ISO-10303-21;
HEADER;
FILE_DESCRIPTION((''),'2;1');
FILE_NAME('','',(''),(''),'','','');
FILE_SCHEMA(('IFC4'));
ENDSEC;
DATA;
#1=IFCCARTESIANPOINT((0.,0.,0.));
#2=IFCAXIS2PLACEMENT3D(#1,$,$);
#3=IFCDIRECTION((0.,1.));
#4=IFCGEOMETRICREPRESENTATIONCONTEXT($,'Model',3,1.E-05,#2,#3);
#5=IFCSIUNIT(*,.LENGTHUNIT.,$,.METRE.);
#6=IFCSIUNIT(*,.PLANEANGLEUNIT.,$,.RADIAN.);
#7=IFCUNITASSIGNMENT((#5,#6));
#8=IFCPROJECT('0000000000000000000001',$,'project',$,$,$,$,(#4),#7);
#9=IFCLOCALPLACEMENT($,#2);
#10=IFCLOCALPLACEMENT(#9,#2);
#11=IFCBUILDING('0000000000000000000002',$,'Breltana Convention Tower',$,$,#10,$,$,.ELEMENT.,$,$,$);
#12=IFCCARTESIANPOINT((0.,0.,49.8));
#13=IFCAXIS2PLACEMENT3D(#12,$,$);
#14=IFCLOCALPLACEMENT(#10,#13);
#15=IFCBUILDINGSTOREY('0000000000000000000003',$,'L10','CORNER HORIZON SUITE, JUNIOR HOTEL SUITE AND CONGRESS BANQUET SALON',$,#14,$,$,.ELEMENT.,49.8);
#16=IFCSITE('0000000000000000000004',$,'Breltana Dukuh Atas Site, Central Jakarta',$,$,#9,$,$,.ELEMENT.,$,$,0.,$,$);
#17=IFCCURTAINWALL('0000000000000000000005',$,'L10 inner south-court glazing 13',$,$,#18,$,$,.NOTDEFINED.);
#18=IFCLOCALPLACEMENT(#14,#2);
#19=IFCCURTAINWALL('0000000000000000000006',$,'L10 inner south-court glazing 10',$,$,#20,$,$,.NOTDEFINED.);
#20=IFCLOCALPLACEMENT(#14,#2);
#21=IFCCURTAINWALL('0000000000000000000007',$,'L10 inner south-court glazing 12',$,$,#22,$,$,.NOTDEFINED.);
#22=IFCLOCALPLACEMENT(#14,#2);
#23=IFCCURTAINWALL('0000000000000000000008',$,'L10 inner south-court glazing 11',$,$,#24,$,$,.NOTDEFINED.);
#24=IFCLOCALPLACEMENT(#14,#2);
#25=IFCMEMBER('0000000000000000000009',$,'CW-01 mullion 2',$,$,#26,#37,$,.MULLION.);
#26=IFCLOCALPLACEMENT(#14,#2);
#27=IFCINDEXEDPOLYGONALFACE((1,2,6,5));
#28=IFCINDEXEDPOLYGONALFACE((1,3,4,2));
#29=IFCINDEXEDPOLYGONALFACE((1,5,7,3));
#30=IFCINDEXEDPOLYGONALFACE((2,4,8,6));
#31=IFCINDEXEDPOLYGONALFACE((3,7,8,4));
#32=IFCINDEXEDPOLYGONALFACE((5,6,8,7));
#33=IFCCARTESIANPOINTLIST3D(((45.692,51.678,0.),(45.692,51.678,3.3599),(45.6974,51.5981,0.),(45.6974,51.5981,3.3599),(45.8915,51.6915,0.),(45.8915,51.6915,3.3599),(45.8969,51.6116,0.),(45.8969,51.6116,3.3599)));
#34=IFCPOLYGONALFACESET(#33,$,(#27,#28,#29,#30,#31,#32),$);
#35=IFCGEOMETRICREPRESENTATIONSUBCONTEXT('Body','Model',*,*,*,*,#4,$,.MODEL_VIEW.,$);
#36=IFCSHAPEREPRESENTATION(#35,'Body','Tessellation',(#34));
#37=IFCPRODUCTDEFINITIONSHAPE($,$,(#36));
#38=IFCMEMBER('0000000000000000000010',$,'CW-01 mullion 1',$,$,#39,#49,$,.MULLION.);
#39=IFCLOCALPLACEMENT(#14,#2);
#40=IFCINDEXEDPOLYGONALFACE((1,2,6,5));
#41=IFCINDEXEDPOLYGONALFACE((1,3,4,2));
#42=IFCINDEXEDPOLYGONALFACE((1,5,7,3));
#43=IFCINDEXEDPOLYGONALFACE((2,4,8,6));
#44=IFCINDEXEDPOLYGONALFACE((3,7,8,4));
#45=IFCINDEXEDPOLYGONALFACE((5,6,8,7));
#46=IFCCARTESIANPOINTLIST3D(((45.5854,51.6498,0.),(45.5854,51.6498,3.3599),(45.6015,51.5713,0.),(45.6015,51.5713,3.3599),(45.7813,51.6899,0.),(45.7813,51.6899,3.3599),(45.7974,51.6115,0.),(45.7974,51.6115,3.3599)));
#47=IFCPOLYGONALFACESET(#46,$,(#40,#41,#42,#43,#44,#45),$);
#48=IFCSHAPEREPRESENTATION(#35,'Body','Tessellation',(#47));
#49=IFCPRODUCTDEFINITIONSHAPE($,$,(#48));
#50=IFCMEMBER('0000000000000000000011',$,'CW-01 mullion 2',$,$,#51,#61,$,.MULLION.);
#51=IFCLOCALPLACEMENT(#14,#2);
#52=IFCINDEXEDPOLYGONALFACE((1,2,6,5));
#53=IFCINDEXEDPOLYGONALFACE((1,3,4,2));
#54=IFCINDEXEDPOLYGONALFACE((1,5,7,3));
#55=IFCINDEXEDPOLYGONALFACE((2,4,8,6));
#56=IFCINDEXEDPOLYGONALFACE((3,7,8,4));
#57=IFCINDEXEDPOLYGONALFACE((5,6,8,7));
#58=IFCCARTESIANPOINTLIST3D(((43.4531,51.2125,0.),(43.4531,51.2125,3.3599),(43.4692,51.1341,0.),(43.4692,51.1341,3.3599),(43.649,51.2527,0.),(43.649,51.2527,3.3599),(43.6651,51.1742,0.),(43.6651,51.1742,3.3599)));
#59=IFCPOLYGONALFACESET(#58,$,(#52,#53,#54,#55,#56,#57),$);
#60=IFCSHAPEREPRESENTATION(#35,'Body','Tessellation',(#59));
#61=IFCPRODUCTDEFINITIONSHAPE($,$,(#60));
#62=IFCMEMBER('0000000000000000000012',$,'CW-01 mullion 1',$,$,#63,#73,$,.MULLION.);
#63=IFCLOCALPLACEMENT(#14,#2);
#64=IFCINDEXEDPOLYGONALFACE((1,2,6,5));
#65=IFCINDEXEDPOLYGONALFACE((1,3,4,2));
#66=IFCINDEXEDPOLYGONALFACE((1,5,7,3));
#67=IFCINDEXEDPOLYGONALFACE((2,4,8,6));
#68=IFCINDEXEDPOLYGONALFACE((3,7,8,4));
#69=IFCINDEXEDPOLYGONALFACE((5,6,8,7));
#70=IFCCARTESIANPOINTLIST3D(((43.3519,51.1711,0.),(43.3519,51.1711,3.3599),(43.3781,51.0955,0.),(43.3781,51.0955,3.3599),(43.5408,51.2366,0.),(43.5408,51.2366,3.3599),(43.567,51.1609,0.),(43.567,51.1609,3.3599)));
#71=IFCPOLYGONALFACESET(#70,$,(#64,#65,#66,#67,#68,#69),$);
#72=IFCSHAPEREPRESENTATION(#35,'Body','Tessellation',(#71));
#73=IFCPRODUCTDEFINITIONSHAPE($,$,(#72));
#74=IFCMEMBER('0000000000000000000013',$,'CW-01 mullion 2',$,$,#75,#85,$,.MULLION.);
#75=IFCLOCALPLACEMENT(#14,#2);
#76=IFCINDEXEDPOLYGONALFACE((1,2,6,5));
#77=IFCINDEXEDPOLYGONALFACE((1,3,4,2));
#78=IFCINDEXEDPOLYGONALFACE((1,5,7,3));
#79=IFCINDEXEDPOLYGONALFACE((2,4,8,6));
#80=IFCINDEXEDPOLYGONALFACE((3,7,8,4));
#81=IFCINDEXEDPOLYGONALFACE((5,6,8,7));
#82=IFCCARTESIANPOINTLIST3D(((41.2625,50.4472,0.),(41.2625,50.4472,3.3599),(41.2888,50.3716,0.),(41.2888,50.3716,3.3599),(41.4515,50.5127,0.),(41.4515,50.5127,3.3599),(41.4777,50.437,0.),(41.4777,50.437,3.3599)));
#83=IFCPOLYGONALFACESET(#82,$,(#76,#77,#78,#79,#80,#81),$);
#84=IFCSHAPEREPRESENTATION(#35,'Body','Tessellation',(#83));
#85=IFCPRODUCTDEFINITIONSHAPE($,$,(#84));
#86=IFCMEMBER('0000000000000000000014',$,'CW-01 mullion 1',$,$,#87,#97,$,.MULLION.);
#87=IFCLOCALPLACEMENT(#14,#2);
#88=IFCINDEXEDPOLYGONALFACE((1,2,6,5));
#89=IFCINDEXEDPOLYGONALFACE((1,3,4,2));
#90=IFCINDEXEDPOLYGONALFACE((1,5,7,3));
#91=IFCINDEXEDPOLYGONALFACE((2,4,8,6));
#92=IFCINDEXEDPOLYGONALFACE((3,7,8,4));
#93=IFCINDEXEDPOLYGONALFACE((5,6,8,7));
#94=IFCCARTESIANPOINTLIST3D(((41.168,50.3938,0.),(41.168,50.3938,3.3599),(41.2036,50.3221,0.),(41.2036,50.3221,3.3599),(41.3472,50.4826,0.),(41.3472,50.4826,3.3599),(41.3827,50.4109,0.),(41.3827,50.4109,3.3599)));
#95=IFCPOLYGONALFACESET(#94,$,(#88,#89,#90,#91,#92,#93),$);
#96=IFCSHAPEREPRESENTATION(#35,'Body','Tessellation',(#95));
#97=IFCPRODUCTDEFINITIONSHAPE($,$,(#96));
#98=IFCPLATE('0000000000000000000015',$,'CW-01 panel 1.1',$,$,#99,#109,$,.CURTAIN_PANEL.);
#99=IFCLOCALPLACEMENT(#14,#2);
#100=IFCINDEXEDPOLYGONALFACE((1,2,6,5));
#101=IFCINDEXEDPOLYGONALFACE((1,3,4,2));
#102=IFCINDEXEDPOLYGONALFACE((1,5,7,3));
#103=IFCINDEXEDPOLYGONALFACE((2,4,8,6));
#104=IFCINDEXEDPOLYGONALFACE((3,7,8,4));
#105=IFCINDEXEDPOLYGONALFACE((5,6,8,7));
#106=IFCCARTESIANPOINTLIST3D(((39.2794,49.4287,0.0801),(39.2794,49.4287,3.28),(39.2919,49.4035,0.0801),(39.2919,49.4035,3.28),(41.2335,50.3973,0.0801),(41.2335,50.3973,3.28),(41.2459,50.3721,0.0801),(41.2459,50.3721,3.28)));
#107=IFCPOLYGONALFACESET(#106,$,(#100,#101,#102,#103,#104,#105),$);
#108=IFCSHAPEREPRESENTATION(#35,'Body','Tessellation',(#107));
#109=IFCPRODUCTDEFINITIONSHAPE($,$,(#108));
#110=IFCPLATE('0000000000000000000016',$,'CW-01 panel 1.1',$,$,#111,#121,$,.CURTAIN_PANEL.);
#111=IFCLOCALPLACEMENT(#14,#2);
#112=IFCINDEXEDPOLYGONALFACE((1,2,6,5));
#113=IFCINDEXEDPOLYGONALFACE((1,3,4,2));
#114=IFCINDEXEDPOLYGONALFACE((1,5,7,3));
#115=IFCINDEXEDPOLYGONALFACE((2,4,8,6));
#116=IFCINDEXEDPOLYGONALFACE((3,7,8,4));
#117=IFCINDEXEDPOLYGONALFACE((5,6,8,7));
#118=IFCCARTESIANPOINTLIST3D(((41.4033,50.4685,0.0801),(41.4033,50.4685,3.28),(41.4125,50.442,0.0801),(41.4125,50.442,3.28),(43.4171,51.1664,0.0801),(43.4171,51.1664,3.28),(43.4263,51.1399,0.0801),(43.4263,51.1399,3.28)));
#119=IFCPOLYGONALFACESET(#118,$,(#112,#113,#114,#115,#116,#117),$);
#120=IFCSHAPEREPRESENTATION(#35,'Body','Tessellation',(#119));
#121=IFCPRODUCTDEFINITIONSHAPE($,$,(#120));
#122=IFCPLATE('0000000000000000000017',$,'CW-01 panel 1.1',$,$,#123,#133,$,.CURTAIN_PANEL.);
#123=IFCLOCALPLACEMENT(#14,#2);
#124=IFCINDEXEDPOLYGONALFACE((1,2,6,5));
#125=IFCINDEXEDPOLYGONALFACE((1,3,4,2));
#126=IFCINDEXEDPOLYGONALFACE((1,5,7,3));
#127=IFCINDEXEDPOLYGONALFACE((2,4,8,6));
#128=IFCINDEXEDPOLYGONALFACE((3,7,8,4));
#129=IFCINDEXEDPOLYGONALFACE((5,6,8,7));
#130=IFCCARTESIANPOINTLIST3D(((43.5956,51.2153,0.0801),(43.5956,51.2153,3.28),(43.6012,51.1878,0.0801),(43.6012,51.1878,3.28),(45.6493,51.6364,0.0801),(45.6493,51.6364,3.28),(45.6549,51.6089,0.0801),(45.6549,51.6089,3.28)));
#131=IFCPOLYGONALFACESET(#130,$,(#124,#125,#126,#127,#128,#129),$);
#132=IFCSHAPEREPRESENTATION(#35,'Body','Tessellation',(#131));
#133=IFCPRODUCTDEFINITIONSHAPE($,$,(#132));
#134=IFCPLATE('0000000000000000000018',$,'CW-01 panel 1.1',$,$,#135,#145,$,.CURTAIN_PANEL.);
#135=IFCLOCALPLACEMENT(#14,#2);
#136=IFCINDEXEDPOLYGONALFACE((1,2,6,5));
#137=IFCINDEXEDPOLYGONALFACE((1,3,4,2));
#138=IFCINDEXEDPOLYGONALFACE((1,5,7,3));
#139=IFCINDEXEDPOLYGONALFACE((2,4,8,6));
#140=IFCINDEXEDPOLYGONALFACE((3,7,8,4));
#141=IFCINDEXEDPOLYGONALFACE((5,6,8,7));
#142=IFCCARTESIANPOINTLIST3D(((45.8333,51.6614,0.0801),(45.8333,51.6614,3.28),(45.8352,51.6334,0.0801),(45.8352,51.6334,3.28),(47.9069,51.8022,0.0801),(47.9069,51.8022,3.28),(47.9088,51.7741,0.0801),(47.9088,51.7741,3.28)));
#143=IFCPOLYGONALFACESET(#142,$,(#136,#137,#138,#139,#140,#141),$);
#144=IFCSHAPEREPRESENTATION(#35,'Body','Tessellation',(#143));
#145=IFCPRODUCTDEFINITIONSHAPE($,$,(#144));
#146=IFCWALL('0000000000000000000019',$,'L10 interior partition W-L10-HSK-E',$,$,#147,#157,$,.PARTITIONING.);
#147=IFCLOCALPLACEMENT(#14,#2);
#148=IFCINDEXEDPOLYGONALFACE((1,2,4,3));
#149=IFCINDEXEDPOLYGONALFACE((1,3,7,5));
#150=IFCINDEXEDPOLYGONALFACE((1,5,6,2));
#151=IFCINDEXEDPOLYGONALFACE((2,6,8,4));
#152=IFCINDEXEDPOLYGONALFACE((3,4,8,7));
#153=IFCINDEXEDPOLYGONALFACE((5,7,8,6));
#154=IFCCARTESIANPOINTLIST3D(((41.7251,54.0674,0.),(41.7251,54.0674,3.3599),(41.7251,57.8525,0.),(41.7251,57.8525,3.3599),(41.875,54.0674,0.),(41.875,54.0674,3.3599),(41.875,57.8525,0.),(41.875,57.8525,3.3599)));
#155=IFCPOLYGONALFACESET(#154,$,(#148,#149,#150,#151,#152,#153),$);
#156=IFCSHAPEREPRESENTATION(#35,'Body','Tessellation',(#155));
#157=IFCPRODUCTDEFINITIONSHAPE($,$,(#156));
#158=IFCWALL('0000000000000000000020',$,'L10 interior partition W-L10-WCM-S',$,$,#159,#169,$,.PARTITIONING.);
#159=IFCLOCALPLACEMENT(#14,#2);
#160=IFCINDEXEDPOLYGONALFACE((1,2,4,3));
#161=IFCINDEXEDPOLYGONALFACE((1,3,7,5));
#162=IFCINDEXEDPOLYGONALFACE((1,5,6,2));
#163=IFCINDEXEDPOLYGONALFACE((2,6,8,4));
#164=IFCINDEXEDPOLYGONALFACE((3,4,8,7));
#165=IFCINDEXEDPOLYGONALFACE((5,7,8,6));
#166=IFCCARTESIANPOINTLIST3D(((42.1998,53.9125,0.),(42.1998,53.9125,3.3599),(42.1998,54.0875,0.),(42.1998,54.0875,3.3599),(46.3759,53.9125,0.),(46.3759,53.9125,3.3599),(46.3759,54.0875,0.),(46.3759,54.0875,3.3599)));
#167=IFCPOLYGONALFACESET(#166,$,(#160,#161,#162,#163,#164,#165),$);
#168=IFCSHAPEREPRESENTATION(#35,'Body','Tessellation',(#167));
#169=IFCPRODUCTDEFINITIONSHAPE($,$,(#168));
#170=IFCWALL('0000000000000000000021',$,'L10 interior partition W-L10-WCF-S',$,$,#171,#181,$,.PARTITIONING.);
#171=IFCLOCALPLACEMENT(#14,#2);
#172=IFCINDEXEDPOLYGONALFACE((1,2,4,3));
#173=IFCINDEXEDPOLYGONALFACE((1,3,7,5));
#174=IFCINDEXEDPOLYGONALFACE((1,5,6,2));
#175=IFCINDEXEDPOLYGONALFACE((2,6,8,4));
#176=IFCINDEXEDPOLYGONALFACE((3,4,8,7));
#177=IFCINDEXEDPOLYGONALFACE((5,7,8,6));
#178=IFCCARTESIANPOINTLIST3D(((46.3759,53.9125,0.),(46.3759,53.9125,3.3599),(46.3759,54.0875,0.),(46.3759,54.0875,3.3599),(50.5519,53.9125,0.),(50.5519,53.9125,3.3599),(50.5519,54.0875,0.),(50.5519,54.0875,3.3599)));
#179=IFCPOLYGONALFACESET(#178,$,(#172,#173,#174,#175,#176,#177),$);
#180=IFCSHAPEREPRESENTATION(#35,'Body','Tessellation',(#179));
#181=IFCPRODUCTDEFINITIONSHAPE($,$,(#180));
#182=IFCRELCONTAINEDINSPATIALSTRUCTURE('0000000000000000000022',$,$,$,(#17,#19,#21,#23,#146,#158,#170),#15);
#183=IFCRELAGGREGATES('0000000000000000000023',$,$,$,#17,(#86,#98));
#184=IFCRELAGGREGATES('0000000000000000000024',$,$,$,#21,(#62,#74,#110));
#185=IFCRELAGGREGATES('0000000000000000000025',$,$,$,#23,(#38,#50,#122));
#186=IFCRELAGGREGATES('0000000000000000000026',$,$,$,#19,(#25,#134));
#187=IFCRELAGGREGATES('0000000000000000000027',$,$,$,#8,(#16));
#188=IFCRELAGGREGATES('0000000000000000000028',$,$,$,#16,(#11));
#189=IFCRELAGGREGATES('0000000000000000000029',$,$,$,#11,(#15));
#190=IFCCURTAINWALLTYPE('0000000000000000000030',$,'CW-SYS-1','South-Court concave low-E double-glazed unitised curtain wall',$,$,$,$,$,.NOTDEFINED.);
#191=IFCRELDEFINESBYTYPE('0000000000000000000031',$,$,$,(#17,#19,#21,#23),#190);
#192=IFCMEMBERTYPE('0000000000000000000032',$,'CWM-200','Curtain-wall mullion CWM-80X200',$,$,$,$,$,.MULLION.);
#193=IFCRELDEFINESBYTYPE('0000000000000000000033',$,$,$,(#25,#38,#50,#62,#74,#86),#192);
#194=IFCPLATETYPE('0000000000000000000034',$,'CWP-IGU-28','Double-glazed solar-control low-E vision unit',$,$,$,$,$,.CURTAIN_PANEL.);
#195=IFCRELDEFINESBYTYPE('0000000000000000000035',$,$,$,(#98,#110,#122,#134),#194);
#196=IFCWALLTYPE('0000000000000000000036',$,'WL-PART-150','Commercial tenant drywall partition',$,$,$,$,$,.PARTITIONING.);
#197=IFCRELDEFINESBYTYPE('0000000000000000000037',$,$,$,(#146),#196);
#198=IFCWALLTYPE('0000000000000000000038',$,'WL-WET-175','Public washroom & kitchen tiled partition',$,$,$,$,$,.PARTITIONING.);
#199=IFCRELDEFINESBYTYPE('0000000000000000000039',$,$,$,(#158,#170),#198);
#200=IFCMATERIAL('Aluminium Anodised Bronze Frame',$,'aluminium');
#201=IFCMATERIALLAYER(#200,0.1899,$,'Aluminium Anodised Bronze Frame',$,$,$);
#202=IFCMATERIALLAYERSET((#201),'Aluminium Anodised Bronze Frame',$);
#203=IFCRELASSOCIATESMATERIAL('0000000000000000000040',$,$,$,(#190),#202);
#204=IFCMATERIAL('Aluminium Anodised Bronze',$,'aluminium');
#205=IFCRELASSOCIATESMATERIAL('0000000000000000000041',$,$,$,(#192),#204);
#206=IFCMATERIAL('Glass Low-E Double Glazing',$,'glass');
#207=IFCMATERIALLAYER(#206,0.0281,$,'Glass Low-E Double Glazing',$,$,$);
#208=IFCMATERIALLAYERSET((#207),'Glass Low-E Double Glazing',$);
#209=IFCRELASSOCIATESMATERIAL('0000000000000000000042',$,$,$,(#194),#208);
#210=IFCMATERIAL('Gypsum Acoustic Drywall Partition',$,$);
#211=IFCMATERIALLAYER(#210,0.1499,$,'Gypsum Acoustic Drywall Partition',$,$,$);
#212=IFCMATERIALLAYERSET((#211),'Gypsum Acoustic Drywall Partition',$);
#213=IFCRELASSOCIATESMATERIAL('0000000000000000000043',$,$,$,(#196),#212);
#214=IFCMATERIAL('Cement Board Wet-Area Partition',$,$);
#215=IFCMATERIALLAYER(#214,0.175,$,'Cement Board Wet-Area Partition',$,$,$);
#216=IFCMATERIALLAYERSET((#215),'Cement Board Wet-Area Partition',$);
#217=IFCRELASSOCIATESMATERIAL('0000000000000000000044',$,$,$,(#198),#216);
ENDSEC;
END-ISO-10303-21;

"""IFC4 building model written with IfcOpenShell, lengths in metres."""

from ifc_helpers import new_model, si_unit, direction, frame, frame_2d, origin, origin_2d, place, context, subcontext, project, spatial, rectangle, extrude, source, transform, mapped, material, layer, layer_set, material_profile, profile_set, type_object, element, aggregate, save


model = new_model("IFC4")

# Units and contexts
model_context = context("Model", 3, precision=1e-05, world=origin(), true_north=direction((0.0, 1.0)))
body_context = subcontext(model_context, "Body", "Model", "MODEL_VIEW")
ifc_project = project(units=[si_unit("LENGTHUNIT", "METRE"), si_unit("PLANEANGLEUNIT", "RADIAN")], contexts=[model_context])

# Site, building, storey
site_placement = place(None, origin())
site = spatial("IfcSite", under=ifc_project, at=site_placement, Name="Breltana Dukuh Atas Site, Central Jakarta", CompositionType="ELEMENT", RefElevation=0.0)
building_placement = place(site_placement, origin())
building = spatial("IfcBuilding", under=site, at=building_placement, Name="Breltana Convention Tower", CompositionType="ELEMENT")
storey_placement = place(building_placement, frame((0.0, 0.0, 49.8)))
storey = spatial("IfcBuildingStorey", under=building, at=storey_placement, Name="L10", Description="CORNER HORIZON SUITE, JUNIOR HOTEL SUITE AND CONGRESS BANQUET SALON", CompositionType="ELEMENT", Elevation=49.8)

# Curtain walls
ifc_material_1 = material(Name="Aluminium Anodised Bronze Frame", Category="aluminium")
ifc_layer_1 = layer(ifc_material_1, 0.1899, Name="Aluminium Anodised Bronze Frame")
ifc_layer_set_1 = layer_set([ifc_layer_1], Name="Aluminium Anodised Bronze Frame")
curtain_wall_type = type_object("IfcCurtainWallType", Name="CW-SYS-1", Description="South-Court concave low-E double-glazed unitised curtain wall", PredefinedType="NOTDEFINED", material=ifc_layer_set_1)
curtain_wall_1_placement = place(storey_placement, origin())
curtain_wall_1 = element("IfcCurtainWall", 1, at=curtain_wall_1_placement, inside=storey, type_object=curtain_wall_type, Name="L10 inner south-court glazing 13", PredefinedType="NOTDEFINED")
ifc_material_2 = material(Name="Aluminium Anodised Bronze", Category="aluminium")
curtain_wall_2_placement = place(storey_placement, origin())
curtain_wall_2 = element("IfcCurtainWall", 2, at=curtain_wall_2_placement, inside=storey, type_object=curtain_wall_type, Name="L10 inner south-court glazing 10", PredefinedType="NOTDEFINED")
curtain_wall_3_placement = place(storey_placement, origin())
curtain_wall_3 = element("IfcCurtainWall", 3, at=curtain_wall_3_placement, inside=storey, type_object=curtain_wall_type, Name="L10 inner south-court glazing 12", PredefinedType="NOTDEFINED")
curtain_wall_4_placement = place(storey_placement, origin())
curtain_wall_4 = element("IfcCurtainWall", 4, at=curtain_wall_4_placement, inside=storey, type_object=curtain_wall_type, Name="L10 inner south-court glazing 11", PredefinedType="NOTDEFINED")

# Members
ifc_material_profile_1 = material_profile(ifc_material_2, rectangle(XDim=0.0801, YDim=0.2, at=origin_2d()), Name="CWM-80X200")
ifc_profile_set_1 = profile_set([ifc_material_profile_1], Name="Aluminium Anodised Bronze")
member_type_1 = type_object("IfcMemberType", Name="CWM-200", Description="Curtain-wall mullion CWM-80X200", PredefinedType="MULLION", material=ifc_profile_set_1)
shared_shape_1 = source(origin(), body_context, "Body", "SweptSolid", [
    extrude(rectangle(XDim=0.0801, YDim=0.2, at=origin_2d()), origin(), (0.0, 0.0, 1.0), 3.3599),
])
member_1_placement = place(storey_placement, frame((45.7944, 51.6448, 0.0), z_axis=(0.0, 0.0, 1.0), x_axis=(0.067726, -0.997704, 0.0)))
member_1 = element("IfcMember", 5, at=member_1_placement, type_object=member_type_1, Name="CW-01 mullion 2", PredefinedType="MULLION", context=body_context, shape_type="MappedRepresentation", body=[
    mapped(shared_shape_1, transform((0.0, 0.0, 0.0), scale=1.0)),
])
member_2_placement = place(storey_placement, frame((45.6914, 51.6306, 0.0), z_axis=(0.0, 0.0, 1.0), x_axis=(0.200886, -0.979615, 0.0)))
member_2 = element("IfcMember", 6, at=member_2_placement, type_object=member_type_1, Name="CW-01 mullion 1", PredefinedType="MULLION", context=body_context, shape_type="MappedRepresentation", body=[
    mapped(shared_shape_1, transform((0.0, 0.0, 0.0), scale=1.0)),
])
member_3_placement = place(storey_placement, frame((43.5591, 51.1934, 0.0), z_axis=(0.0, 0.0, 1.0), x_axis=(0.200886, -0.979615, 0.0)))
member_3 = element("IfcMember", 7, at=member_3_placement, type_object=member_type_1, Name="CW-01 mullion 2", PredefinedType="MULLION", context=body_context, shape_type="MappedRepresentation", body=[
    mapped(shared_shape_1, transform((0.0, 0.0, 0.0), scale=1.0)),
])
member_4_placement = place(storey_placement, frame((43.4595, 51.166, 0.0), z_axis=(0.0, 0.0, 1.0), x_axis=(0.327413, -0.944881, 0.0)))
member_4 = element("IfcMember", 8, at=member_4_placement, type_object=member_type_1, Name="CW-01 mullion 1", PredefinedType="MULLION", context=body_context, shape_type="MappedRepresentation", body=[
    mapped(shared_shape_1, transform((0.0, 0.0, 0.0), scale=1.0)),
])
member_5_placement = place(storey_placement, frame((41.3701, 50.4421, 0.0), z_axis=(0.0, 0.0, 1.0), x_axis=(0.327413, -0.944881, 0.0)))
member_5 = element("IfcMember", 9, at=member_5_placement, type_object=member_type_1, Name="CW-01 mullion 2", PredefinedType="MULLION", context=body_context, shape_type="MappedRepresentation", body=[
    mapped(shared_shape_1, transform((0.0, 0.0, 0.0), scale=1.0)),
])
member_6_placement = place(storey_placement, frame((41.2754, 50.4023, 0.0), z_axis=(0.0, 0.0, 1.0), x_axis=(0.444118, -0.895968, 0.0)))
member_6 = element("IfcMember", 10, at=member_6_placement, type_object=member_type_1, Name="CW-01 mullion 1", PredefinedType="MULLION", context=body_context, shape_type="MappedRepresentation", body=[
    mapped(shared_shape_1, transform((0.0, 0.0, 0.0), scale=1.0)),
])

# Plates
ifc_material_3 = material(Name="Glass Low-E Double Glazing", Category="glass")
ifc_layer_2 = layer(ifc_material_3, 0.0281, Name="Glass Low-E Double Glazing")
ifc_layer_set_2 = layer_set([ifc_layer_2], Name="Glass Low-E Double Glazing")
plate_type = type_object("IfcPlateType", Name="CWP-IGU-28", Description="Double-glazed solar-control low-E vision unit", PredefinedType="CURTAIN_PANEL", material=ifc_layer_set_2)
shared_shape_2 = source(origin(), body_context, "Body", "SweptSolid", [
    extrude(rectangle(XDim=2.1809, YDim=0.0281, at=origin_2d()), origin(), (0.0, 0.0, 1.0), 3.2),
])
plate_1_placement = place(storey_placement, frame((40.2627, 49.9004, 0.0801), z_axis=(0.0, 0.0, 1.0), x_axis=(-0.895968, -0.444118, 0.0)))
plate_1 = element("IfcPlate", 11, at=plate_1_placement, type_object=plate_type, Name="CW-01 panel 1.1", PredefinedType="CURTAIN_PANEL", context=body_context, shape_type="MappedRepresentation", body=[
    mapped(shared_shape_2, transform((0.0, 0.0, 0.0), scale=1.0)),
])
aggregate(curtain_wall_1, [member_6, plate_1])
shared_shape_3 = source(origin(), body_context, "Body", "SweptSolid", [
    extrude(rectangle(XDim=2.1313, YDim=0.0281, at=origin_2d()), origin(), (0.0, 0.0, 1.0), 3.2),
])
plate_2_placement = place(storey_placement, frame((42.4148, 50.8042, 0.0801), z_axis=(0.0, 0.0, 1.0), x_axis=(-0.944881, -0.327413, 0.0)))
plate_2 = element("IfcPlate", 12, at=plate_2_placement, type_object=plate_type, Name="CW-01 panel 1.1", PredefinedType="CURTAIN_PANEL", context=body_context, shape_type="MappedRepresentation", body=[
    mapped(shared_shape_3, transform((0.0, 0.0, 0.0), scale=1.0)),
])
aggregate(curtain_wall_3, [member_4, member_5, plate_2])
shared_shape_4 = source(origin(), body_context, "Body", "SweptSolid", [
    extrude(rectangle(XDim=2.0964, YDim=0.0281, at=origin_2d()), origin(), (0.0, 0.0, 1.0), 3.2),
])
plate_3_placement = place(storey_placement, frame((44.6252, 51.4121, 0.0801), z_axis=(0.0, 0.0, 1.0), x_axis=(-0.979615, -0.200886, 0.0)))
plate_3 = element("IfcPlate", 13, at=plate_3_placement, type_object=plate_type, Name="CW-01 panel 1.1", PredefinedType="CURTAIN_PANEL", context=body_context, shape_type="MappedRepresentation", body=[
    mapped(shared_shape_4, transform((0.0, 0.0, 0.0), scale=1.0)),
])
aggregate(curtain_wall_4, [member_2, member_3, plate_3])
shared_shape_5 = source(origin(), body_context, "Body", "SweptSolid", [
    extrude(rectangle(XDim=2.0784, YDim=0.0281, at=origin_2d()), origin(), (0.0, 0.0, 1.0), 3.2),
])
plate_4_placement = place(storey_placement, frame((46.8711, 51.7178, 0.0801), z_axis=(0.0, 0.0, 1.0), x_axis=(-0.997704, -0.067726, 0.0)))
plate_4 = element("IfcPlate", 14, at=plate_4_placement, type_object=plate_type, Name="CW-01 panel 1.1", PredefinedType="CURTAIN_PANEL", context=body_context, shape_type="MappedRepresentation", body=[
    mapped(shared_shape_5, transform((0.0, 0.0, 0.0), scale=1.0)),
])
aggregate(curtain_wall_2, [member_1, plate_4])

# Walls
ifc_material_4 = material(Name="Gypsum Acoustic Drywall Partition")
ifc_layer_3 = layer(ifc_material_4, 0.1499, Name="Gypsum Acoustic Drywall Partition")
ifc_layer_set_3 = layer_set([ifc_layer_3], Name="Gypsum Acoustic Drywall Partition")
wall_type_1 = type_object("IfcWallType", Name="WL-PART-150", Description="Commercial tenant drywall partition", PredefinedType="PARTITIONING", material=ifc_layer_set_3)
shared_shape_6 = source(origin(), body_context, "Body", "SweptSolid", [
    extrude(rectangle(XDim=3.7852, YDim=0.1499, at=frame_2d((1.8926, 0.0))), origin(), (0.0, 0.0, 1.0), 3.3599),
])
wall_1_placement = place(storey_placement, frame((41.8, 54.0674, 0.0), z_axis=(0.0, 0.0, 1.0), x_axis=(0.0, 1.0, 0.0)))
element("IfcWall", 15, at=wall_1_placement, inside=storey, type_object=wall_type_1, Name="L10 interior partition W-L10-HSK-E", PredefinedType="PARTITIONING", context=body_context, shape_type="MappedRepresentation", body=[
    mapped(shared_shape_6, transform((0.0, 0.0, 0.0), scale=1.0)),
])
ifc_material_5 = material(Name="Cement Board Wet-Area Partition")
ifc_layer_4 = layer(ifc_material_5, 0.175, Name="Cement Board Wet-Area Partition")
ifc_layer_set_4 = layer_set([ifc_layer_4], Name="Cement Board Wet-Area Partition")
wall_type_2 = type_object("IfcWallType", Name="WL-WET-175", Description="Public washroom & kitchen tiled partition", PredefinedType="PARTITIONING", material=ifc_layer_set_4)
shared_shape_7 = source(origin(), body_context, "Body", "SweptSolid", [
    extrude(rectangle(XDim=4.176, YDim=0.175, at=frame_2d((2.0879, 0.0))), origin(), (0.0, 0.0, 1.0), 3.3599),
])
for number, where, z_axis, x_axis, name in (
    (16, (42.2, 54.0, 0.0), (0.0, 0.0, 1.0), (1.0, 0.0, 0.0), "L10 interior partition W-L10-WCM-S"),
    (17, (46.376, 54.0, 0.0), (0.0, 0.0, 1.0), (1.0, 0.0, 0.0), "L10 interior partition W-L10-WCF-S"),
):
    element("IfcWall", number, at=place(storey_placement, frame(where, z_axis=z_axis, x_axis=x_axis)), inside=storey, type_object=wall_type_2, Name=name, PredefinedType="PARTITIONING", context=body_context, shape_type="MappedRepresentation", body=[
        mapped(shared_shape_7, transform((0.0, 0.0, 0.0), scale=1.0)),
    ])

save(model, "model.ifc")
